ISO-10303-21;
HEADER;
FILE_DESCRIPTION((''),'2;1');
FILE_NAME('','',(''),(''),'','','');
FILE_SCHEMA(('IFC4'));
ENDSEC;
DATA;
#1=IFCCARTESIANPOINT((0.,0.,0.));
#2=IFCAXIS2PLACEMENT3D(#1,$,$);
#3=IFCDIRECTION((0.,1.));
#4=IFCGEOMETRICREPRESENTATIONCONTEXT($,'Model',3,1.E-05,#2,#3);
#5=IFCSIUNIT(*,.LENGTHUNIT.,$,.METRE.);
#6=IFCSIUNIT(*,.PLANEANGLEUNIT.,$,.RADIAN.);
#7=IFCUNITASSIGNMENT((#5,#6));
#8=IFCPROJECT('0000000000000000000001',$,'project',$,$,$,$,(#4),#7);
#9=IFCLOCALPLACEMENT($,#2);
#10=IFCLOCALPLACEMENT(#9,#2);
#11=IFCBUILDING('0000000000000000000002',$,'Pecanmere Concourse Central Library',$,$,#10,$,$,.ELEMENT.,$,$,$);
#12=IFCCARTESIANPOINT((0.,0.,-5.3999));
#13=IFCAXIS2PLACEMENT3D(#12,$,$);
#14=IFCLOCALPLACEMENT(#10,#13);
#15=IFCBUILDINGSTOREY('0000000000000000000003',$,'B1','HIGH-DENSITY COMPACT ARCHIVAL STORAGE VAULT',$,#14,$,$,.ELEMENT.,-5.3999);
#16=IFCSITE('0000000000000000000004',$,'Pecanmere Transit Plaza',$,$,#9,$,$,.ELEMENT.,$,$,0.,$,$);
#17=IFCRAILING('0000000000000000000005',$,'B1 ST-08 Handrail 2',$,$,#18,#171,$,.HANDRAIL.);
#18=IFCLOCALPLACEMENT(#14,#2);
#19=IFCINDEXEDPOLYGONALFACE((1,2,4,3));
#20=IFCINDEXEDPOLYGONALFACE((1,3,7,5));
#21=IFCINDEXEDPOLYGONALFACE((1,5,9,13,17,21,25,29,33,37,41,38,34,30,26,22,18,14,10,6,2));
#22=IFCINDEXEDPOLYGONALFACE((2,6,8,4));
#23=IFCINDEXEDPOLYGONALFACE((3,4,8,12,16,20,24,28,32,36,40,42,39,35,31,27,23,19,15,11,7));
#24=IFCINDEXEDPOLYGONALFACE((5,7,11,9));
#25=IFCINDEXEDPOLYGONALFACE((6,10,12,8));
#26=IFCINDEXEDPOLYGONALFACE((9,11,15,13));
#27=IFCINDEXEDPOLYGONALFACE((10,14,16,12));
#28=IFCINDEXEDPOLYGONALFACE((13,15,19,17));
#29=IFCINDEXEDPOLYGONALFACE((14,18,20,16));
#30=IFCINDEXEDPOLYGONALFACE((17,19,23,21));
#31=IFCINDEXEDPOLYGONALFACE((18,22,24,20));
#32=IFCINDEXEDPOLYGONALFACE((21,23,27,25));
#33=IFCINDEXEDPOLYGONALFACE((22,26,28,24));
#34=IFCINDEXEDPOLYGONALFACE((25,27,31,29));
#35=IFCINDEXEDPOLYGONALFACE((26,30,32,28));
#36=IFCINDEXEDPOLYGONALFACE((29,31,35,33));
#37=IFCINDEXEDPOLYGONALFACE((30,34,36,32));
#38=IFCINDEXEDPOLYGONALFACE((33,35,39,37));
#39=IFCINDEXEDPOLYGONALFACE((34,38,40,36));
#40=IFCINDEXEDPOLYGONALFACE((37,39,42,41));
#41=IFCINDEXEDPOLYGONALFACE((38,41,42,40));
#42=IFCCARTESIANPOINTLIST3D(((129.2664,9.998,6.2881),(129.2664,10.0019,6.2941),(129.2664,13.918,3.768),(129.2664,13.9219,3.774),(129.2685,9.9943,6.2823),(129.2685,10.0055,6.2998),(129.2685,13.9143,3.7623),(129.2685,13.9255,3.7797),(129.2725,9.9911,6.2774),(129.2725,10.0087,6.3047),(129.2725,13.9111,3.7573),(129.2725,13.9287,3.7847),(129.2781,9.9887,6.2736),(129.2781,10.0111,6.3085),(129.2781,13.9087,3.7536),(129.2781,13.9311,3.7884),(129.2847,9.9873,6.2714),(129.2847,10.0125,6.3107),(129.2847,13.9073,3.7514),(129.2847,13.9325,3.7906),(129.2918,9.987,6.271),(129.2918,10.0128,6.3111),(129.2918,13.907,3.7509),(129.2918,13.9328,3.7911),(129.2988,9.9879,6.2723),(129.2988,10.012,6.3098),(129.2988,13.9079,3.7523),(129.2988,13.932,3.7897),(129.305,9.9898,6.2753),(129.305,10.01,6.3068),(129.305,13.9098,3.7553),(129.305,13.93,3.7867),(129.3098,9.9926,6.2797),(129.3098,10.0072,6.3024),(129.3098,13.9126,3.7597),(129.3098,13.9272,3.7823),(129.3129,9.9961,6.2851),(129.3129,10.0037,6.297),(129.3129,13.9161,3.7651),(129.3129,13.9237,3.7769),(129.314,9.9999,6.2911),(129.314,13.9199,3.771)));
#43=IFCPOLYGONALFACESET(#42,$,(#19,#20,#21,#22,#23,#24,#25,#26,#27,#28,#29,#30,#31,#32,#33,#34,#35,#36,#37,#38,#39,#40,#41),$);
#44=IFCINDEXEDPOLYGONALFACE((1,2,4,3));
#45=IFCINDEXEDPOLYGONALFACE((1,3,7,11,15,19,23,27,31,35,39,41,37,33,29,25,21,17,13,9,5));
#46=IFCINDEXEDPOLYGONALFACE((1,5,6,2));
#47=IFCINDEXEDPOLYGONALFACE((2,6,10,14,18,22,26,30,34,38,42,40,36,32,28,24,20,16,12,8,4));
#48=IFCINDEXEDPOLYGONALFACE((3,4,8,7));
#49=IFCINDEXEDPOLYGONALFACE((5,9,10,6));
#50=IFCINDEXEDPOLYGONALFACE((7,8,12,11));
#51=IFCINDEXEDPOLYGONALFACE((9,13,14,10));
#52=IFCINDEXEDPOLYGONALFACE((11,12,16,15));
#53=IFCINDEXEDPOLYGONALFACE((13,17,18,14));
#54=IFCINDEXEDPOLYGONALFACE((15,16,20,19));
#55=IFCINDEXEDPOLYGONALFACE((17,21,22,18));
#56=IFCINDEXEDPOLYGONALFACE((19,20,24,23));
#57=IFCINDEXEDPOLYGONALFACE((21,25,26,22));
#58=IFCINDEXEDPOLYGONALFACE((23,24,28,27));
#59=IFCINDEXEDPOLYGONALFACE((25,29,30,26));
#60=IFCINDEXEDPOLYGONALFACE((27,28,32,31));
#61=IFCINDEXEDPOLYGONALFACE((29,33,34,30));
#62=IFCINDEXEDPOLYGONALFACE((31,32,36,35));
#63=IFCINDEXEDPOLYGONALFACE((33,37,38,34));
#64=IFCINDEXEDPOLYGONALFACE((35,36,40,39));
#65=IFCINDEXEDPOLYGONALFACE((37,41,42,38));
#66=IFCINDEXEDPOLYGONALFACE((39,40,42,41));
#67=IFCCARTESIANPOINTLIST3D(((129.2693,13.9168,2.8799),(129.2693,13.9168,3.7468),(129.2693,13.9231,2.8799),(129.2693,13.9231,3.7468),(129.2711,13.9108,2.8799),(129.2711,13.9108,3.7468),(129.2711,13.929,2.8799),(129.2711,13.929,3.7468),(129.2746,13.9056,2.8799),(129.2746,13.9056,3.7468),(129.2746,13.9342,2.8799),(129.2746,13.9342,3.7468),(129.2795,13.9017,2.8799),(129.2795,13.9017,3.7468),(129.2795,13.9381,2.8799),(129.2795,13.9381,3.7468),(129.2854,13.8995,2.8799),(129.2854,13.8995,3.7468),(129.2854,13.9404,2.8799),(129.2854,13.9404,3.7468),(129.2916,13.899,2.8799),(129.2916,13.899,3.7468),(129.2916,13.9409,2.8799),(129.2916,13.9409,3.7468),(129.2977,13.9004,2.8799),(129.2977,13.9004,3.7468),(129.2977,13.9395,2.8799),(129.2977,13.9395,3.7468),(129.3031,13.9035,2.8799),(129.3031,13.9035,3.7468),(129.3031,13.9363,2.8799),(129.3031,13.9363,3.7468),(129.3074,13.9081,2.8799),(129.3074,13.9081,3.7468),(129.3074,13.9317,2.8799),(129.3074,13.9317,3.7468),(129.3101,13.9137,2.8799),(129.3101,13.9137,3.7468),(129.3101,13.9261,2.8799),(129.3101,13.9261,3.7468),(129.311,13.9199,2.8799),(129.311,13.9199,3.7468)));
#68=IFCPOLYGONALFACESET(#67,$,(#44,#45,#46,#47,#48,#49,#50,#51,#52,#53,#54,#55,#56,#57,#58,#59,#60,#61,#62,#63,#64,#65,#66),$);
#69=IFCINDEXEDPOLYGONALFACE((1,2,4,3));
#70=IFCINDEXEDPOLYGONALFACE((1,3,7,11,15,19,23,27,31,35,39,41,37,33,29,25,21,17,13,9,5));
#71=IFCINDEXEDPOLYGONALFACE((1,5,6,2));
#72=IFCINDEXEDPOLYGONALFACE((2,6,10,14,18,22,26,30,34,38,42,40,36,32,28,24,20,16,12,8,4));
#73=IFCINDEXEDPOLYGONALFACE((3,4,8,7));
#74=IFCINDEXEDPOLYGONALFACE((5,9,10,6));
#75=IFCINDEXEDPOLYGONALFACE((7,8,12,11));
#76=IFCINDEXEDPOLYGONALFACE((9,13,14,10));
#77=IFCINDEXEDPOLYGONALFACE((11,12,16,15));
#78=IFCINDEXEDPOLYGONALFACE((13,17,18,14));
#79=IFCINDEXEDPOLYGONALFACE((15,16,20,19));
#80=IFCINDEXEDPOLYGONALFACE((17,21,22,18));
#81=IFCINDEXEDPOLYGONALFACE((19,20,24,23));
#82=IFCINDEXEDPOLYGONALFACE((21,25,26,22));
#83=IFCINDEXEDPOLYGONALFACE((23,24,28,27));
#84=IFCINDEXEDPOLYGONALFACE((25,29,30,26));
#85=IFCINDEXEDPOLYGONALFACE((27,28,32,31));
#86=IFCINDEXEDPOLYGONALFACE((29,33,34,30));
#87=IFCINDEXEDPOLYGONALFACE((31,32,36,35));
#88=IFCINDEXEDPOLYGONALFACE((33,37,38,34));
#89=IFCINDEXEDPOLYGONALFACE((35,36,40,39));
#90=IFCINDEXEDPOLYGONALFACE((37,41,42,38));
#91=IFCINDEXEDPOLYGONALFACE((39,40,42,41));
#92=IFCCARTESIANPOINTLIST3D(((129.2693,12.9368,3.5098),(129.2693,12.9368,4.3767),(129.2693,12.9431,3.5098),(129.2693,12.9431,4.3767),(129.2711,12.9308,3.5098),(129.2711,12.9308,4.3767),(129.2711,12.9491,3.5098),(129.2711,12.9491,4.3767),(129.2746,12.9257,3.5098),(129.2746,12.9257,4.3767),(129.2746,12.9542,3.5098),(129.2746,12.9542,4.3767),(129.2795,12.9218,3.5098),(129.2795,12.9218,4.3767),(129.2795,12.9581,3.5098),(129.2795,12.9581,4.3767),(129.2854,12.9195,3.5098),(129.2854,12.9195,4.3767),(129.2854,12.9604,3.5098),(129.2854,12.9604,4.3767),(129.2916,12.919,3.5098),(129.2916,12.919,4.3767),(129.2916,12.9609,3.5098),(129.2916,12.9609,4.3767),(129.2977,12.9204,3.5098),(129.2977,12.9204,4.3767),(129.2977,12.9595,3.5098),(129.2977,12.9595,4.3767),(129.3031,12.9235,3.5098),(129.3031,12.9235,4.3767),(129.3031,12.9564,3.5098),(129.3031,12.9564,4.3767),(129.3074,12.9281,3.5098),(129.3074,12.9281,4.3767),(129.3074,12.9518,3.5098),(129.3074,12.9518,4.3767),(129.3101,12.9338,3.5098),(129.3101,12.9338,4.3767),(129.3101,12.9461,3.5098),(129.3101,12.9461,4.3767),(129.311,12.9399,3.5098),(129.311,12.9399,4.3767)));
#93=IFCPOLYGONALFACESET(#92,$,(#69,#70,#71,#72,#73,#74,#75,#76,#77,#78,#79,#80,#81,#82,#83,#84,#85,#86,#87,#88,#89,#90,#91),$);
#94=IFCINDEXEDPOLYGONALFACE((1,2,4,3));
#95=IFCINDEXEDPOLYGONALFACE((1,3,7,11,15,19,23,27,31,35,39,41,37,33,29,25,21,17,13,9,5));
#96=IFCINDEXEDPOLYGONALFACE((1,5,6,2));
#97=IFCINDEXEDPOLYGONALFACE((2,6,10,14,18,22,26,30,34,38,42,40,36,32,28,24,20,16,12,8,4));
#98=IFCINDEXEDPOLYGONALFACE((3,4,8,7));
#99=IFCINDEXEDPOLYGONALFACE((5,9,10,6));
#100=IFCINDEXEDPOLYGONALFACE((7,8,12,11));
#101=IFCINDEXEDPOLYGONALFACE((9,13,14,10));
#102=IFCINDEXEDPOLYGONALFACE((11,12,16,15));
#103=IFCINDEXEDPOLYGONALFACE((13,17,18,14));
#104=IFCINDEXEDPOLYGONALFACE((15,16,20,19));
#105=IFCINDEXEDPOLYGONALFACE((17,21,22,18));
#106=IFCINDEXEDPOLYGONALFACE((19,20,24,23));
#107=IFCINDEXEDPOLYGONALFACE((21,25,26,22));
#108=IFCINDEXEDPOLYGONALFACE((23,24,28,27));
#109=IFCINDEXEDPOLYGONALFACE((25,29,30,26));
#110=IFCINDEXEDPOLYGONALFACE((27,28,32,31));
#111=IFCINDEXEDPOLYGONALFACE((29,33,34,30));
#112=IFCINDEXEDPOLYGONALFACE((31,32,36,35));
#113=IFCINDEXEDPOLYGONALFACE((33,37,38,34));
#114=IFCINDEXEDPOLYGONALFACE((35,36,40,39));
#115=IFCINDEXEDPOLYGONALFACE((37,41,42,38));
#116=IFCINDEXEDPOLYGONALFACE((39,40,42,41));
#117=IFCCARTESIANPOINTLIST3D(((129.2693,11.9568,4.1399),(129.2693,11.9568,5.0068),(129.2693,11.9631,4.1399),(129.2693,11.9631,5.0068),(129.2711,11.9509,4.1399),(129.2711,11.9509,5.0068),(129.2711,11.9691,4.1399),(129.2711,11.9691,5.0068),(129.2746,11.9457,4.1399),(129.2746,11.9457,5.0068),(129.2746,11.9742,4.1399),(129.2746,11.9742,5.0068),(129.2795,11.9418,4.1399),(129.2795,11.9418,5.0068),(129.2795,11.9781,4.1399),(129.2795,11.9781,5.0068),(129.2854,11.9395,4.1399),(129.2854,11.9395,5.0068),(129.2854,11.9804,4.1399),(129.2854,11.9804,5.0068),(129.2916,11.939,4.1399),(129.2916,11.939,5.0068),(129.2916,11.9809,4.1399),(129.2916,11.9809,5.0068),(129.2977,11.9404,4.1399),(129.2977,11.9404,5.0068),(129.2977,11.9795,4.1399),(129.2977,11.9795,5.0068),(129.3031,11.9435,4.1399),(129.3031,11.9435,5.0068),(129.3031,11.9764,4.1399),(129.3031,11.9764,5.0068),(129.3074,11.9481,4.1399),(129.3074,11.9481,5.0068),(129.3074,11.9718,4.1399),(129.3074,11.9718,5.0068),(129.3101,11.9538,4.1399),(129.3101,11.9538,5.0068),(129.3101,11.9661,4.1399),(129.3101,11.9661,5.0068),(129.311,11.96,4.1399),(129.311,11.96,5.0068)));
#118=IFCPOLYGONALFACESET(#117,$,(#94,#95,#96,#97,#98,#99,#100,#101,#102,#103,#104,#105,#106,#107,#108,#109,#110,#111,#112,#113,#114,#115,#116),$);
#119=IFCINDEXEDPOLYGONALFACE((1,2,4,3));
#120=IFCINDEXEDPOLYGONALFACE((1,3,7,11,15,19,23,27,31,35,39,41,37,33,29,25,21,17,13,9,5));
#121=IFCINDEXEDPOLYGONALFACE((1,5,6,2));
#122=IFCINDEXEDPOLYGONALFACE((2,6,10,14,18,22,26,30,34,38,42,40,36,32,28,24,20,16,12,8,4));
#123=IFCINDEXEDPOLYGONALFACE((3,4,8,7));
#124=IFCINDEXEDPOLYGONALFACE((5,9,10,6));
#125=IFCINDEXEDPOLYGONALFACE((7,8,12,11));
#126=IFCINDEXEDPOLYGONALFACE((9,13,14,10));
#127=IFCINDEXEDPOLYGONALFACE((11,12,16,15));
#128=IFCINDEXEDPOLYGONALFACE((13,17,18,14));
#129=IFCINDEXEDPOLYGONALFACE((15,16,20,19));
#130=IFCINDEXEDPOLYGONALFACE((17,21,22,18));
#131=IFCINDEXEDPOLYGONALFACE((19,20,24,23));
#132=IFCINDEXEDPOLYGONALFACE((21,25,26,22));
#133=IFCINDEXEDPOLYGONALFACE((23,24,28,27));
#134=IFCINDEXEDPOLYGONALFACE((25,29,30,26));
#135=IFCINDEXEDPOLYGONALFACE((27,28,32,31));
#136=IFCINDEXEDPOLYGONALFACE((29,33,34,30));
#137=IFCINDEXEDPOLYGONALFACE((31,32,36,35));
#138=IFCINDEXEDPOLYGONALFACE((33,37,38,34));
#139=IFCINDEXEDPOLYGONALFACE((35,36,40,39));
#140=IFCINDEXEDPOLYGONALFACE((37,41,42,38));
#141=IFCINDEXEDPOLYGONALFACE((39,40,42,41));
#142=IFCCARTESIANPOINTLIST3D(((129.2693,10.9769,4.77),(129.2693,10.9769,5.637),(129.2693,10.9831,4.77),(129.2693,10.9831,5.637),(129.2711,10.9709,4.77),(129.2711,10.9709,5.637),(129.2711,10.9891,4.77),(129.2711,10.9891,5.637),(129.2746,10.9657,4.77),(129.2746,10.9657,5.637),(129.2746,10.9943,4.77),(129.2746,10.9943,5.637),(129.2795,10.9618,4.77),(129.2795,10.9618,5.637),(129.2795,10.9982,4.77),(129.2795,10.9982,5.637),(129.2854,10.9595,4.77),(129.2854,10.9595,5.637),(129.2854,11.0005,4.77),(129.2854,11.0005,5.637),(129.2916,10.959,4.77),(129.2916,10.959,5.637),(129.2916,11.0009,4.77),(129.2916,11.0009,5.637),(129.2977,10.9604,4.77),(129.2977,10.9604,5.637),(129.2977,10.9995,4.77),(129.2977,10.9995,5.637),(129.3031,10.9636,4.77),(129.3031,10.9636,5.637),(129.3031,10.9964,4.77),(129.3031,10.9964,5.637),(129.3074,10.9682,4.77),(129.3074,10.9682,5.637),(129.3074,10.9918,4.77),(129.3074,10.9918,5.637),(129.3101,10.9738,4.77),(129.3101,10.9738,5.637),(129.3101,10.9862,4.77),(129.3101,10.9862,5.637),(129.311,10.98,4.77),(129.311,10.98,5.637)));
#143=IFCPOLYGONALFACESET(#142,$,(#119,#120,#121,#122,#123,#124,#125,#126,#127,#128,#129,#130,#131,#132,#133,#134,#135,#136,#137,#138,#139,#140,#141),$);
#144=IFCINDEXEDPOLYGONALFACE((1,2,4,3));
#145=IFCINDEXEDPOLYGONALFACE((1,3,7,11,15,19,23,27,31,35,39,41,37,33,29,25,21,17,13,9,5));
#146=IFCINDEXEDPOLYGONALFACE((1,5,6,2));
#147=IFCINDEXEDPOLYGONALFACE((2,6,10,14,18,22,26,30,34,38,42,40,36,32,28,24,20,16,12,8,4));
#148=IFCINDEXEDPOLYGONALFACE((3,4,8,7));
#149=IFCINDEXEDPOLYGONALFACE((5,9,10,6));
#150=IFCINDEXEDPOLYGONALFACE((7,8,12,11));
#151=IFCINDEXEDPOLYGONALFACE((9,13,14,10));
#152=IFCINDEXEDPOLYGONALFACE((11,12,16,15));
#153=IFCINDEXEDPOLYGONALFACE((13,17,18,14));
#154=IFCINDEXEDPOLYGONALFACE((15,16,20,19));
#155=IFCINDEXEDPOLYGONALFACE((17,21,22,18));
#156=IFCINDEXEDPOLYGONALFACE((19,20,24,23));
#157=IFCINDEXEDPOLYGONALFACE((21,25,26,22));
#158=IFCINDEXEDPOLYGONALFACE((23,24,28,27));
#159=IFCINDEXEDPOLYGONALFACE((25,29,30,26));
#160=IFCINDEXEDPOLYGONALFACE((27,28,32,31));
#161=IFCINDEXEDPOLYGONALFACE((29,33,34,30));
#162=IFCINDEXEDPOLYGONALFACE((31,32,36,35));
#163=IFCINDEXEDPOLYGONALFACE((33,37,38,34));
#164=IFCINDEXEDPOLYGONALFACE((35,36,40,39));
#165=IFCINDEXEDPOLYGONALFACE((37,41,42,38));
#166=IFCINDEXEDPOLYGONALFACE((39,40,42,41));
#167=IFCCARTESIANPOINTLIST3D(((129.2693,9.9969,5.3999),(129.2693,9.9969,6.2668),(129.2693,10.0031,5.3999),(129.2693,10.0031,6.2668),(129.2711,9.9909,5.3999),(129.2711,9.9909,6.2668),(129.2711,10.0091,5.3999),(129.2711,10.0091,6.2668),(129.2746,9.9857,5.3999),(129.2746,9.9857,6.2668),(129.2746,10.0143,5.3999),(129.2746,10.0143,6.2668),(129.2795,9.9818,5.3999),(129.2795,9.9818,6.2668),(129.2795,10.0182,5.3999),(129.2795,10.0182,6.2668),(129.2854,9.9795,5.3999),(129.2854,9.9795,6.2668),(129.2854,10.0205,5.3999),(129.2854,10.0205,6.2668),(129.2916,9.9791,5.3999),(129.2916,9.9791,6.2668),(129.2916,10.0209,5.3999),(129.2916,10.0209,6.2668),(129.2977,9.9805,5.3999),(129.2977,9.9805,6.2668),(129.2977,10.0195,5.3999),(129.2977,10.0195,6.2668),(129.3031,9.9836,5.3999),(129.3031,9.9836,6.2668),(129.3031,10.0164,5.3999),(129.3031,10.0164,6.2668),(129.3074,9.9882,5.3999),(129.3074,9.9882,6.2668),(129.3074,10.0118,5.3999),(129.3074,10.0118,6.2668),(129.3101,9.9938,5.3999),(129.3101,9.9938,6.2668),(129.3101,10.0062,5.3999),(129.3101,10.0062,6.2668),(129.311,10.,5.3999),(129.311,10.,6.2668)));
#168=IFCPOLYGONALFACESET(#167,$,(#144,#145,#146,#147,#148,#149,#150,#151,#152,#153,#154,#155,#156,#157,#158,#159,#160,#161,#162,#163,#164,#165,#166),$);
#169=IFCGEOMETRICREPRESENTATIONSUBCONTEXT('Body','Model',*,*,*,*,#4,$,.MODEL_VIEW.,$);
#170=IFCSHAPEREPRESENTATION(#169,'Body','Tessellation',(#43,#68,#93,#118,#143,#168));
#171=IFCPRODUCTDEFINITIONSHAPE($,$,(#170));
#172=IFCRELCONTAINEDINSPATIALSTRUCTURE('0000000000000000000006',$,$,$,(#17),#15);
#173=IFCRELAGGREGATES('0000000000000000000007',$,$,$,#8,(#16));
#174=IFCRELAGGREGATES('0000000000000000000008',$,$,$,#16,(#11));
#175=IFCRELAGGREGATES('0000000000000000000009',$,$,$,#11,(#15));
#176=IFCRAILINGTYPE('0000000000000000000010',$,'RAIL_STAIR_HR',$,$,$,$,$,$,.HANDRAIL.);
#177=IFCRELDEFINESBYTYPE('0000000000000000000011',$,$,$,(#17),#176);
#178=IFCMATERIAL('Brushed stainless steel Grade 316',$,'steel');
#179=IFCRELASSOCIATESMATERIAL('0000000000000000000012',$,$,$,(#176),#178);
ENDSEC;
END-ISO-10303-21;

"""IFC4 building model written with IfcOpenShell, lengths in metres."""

from ifc_helpers import new_model, si_unit, direction, frame, origin, origin_2d, place, context, subcontext, project, spatial, circle, extrude, material, type_object, element, save


model = new_model("IFC4")

# Units and contexts
model_context = context("Model", 3, precision=1e-05, world=origin(), true_north=direction((0.0, 1.0)))
body_context = subcontext(model_context, "Body", "Model", "MODEL_VIEW")
ifc_project = project(units=[si_unit("LENGTHUNIT", "METRE"), si_unit("PLANEANGLEUNIT", "RADIAN")], contexts=[model_context])

# Site, building, storey
site_placement = place(None, origin())
site = spatial("IfcSite", under=ifc_project, at=site_placement, Name="Pecanmere Transit Plaza", CompositionType="ELEMENT", RefElevation=0.0)
building_placement = place(site_placement, origin())
building = spatial("IfcBuilding", under=site, at=building_placement, Name="Pecanmere Concourse Central Library", CompositionType="ELEMENT")
storey_placement = place(building_placement, frame((0.0, 0.0, -5.3999)))
storey = spatial("IfcBuildingStorey", under=building, at=storey_placement, Name="B1", Description="HIGH-DENSITY COMPACT ARCHIVAL STORAGE VAULT", CompositionType="ELEMENT", Elevation=-5.3999)

# Railing
ifc_material_1 = material(Name="Brushed stainless steel Grade 316", Category="steel")
railing_type_1 = type_object("IfcRailingType", Name="RAIL_STAIR_HR", PredefinedType="HANDRAIL", material=ifc_material_1)
railing_1_placement = place(storey_placement, frame((129.29, 13.9199, 2.8799)))
element("IfcRailing", 1, at=railing_1_placement, inside=storey, type_object=railing_type_1, Name="B1 ST-08 Handrail 2", PredefinedType="HANDRAIL", context=body_context, shape_type="SweptSolid", body=[
    extrude(circle(Radius=0.0239, at=origin_2d()), frame((0.0, 0.0, 0.8911), z_axis=(0.0, -0.841172, 0.540768), x_axis=(1.0, 0.0, 0.0)), (0.0, 0.0, 1.0), 4.6602),
    extrude(circle(Radius=0.021, at=origin_2d()), origin(), (0.0, 0.0, 1.0), 0.8669),
    extrude(circle(Radius=0.021, at=origin_2d()), frame((0.0, -0.98, 0.6299)), (0.0, 0.0, 1.0), 0.8669),
    extrude(circle(Radius=0.021, at=origin_2d()), frame((0.0, -1.96, 1.26)), (0.0, 0.0, 1.0), 0.8669),
    extrude(circle(Radius=0.021, at=origin_2d()), frame((0.0, -2.9399, 1.8901)), (0.0, 0.0, 1.0), 0.8669),
    extrude(circle(Radius=0.021, at=origin_2d()), frame((0.0, -3.9199, 2.52)), (0.0, 0.0, 1.0), 0.8669),
])

save(model, "model.ifc")
